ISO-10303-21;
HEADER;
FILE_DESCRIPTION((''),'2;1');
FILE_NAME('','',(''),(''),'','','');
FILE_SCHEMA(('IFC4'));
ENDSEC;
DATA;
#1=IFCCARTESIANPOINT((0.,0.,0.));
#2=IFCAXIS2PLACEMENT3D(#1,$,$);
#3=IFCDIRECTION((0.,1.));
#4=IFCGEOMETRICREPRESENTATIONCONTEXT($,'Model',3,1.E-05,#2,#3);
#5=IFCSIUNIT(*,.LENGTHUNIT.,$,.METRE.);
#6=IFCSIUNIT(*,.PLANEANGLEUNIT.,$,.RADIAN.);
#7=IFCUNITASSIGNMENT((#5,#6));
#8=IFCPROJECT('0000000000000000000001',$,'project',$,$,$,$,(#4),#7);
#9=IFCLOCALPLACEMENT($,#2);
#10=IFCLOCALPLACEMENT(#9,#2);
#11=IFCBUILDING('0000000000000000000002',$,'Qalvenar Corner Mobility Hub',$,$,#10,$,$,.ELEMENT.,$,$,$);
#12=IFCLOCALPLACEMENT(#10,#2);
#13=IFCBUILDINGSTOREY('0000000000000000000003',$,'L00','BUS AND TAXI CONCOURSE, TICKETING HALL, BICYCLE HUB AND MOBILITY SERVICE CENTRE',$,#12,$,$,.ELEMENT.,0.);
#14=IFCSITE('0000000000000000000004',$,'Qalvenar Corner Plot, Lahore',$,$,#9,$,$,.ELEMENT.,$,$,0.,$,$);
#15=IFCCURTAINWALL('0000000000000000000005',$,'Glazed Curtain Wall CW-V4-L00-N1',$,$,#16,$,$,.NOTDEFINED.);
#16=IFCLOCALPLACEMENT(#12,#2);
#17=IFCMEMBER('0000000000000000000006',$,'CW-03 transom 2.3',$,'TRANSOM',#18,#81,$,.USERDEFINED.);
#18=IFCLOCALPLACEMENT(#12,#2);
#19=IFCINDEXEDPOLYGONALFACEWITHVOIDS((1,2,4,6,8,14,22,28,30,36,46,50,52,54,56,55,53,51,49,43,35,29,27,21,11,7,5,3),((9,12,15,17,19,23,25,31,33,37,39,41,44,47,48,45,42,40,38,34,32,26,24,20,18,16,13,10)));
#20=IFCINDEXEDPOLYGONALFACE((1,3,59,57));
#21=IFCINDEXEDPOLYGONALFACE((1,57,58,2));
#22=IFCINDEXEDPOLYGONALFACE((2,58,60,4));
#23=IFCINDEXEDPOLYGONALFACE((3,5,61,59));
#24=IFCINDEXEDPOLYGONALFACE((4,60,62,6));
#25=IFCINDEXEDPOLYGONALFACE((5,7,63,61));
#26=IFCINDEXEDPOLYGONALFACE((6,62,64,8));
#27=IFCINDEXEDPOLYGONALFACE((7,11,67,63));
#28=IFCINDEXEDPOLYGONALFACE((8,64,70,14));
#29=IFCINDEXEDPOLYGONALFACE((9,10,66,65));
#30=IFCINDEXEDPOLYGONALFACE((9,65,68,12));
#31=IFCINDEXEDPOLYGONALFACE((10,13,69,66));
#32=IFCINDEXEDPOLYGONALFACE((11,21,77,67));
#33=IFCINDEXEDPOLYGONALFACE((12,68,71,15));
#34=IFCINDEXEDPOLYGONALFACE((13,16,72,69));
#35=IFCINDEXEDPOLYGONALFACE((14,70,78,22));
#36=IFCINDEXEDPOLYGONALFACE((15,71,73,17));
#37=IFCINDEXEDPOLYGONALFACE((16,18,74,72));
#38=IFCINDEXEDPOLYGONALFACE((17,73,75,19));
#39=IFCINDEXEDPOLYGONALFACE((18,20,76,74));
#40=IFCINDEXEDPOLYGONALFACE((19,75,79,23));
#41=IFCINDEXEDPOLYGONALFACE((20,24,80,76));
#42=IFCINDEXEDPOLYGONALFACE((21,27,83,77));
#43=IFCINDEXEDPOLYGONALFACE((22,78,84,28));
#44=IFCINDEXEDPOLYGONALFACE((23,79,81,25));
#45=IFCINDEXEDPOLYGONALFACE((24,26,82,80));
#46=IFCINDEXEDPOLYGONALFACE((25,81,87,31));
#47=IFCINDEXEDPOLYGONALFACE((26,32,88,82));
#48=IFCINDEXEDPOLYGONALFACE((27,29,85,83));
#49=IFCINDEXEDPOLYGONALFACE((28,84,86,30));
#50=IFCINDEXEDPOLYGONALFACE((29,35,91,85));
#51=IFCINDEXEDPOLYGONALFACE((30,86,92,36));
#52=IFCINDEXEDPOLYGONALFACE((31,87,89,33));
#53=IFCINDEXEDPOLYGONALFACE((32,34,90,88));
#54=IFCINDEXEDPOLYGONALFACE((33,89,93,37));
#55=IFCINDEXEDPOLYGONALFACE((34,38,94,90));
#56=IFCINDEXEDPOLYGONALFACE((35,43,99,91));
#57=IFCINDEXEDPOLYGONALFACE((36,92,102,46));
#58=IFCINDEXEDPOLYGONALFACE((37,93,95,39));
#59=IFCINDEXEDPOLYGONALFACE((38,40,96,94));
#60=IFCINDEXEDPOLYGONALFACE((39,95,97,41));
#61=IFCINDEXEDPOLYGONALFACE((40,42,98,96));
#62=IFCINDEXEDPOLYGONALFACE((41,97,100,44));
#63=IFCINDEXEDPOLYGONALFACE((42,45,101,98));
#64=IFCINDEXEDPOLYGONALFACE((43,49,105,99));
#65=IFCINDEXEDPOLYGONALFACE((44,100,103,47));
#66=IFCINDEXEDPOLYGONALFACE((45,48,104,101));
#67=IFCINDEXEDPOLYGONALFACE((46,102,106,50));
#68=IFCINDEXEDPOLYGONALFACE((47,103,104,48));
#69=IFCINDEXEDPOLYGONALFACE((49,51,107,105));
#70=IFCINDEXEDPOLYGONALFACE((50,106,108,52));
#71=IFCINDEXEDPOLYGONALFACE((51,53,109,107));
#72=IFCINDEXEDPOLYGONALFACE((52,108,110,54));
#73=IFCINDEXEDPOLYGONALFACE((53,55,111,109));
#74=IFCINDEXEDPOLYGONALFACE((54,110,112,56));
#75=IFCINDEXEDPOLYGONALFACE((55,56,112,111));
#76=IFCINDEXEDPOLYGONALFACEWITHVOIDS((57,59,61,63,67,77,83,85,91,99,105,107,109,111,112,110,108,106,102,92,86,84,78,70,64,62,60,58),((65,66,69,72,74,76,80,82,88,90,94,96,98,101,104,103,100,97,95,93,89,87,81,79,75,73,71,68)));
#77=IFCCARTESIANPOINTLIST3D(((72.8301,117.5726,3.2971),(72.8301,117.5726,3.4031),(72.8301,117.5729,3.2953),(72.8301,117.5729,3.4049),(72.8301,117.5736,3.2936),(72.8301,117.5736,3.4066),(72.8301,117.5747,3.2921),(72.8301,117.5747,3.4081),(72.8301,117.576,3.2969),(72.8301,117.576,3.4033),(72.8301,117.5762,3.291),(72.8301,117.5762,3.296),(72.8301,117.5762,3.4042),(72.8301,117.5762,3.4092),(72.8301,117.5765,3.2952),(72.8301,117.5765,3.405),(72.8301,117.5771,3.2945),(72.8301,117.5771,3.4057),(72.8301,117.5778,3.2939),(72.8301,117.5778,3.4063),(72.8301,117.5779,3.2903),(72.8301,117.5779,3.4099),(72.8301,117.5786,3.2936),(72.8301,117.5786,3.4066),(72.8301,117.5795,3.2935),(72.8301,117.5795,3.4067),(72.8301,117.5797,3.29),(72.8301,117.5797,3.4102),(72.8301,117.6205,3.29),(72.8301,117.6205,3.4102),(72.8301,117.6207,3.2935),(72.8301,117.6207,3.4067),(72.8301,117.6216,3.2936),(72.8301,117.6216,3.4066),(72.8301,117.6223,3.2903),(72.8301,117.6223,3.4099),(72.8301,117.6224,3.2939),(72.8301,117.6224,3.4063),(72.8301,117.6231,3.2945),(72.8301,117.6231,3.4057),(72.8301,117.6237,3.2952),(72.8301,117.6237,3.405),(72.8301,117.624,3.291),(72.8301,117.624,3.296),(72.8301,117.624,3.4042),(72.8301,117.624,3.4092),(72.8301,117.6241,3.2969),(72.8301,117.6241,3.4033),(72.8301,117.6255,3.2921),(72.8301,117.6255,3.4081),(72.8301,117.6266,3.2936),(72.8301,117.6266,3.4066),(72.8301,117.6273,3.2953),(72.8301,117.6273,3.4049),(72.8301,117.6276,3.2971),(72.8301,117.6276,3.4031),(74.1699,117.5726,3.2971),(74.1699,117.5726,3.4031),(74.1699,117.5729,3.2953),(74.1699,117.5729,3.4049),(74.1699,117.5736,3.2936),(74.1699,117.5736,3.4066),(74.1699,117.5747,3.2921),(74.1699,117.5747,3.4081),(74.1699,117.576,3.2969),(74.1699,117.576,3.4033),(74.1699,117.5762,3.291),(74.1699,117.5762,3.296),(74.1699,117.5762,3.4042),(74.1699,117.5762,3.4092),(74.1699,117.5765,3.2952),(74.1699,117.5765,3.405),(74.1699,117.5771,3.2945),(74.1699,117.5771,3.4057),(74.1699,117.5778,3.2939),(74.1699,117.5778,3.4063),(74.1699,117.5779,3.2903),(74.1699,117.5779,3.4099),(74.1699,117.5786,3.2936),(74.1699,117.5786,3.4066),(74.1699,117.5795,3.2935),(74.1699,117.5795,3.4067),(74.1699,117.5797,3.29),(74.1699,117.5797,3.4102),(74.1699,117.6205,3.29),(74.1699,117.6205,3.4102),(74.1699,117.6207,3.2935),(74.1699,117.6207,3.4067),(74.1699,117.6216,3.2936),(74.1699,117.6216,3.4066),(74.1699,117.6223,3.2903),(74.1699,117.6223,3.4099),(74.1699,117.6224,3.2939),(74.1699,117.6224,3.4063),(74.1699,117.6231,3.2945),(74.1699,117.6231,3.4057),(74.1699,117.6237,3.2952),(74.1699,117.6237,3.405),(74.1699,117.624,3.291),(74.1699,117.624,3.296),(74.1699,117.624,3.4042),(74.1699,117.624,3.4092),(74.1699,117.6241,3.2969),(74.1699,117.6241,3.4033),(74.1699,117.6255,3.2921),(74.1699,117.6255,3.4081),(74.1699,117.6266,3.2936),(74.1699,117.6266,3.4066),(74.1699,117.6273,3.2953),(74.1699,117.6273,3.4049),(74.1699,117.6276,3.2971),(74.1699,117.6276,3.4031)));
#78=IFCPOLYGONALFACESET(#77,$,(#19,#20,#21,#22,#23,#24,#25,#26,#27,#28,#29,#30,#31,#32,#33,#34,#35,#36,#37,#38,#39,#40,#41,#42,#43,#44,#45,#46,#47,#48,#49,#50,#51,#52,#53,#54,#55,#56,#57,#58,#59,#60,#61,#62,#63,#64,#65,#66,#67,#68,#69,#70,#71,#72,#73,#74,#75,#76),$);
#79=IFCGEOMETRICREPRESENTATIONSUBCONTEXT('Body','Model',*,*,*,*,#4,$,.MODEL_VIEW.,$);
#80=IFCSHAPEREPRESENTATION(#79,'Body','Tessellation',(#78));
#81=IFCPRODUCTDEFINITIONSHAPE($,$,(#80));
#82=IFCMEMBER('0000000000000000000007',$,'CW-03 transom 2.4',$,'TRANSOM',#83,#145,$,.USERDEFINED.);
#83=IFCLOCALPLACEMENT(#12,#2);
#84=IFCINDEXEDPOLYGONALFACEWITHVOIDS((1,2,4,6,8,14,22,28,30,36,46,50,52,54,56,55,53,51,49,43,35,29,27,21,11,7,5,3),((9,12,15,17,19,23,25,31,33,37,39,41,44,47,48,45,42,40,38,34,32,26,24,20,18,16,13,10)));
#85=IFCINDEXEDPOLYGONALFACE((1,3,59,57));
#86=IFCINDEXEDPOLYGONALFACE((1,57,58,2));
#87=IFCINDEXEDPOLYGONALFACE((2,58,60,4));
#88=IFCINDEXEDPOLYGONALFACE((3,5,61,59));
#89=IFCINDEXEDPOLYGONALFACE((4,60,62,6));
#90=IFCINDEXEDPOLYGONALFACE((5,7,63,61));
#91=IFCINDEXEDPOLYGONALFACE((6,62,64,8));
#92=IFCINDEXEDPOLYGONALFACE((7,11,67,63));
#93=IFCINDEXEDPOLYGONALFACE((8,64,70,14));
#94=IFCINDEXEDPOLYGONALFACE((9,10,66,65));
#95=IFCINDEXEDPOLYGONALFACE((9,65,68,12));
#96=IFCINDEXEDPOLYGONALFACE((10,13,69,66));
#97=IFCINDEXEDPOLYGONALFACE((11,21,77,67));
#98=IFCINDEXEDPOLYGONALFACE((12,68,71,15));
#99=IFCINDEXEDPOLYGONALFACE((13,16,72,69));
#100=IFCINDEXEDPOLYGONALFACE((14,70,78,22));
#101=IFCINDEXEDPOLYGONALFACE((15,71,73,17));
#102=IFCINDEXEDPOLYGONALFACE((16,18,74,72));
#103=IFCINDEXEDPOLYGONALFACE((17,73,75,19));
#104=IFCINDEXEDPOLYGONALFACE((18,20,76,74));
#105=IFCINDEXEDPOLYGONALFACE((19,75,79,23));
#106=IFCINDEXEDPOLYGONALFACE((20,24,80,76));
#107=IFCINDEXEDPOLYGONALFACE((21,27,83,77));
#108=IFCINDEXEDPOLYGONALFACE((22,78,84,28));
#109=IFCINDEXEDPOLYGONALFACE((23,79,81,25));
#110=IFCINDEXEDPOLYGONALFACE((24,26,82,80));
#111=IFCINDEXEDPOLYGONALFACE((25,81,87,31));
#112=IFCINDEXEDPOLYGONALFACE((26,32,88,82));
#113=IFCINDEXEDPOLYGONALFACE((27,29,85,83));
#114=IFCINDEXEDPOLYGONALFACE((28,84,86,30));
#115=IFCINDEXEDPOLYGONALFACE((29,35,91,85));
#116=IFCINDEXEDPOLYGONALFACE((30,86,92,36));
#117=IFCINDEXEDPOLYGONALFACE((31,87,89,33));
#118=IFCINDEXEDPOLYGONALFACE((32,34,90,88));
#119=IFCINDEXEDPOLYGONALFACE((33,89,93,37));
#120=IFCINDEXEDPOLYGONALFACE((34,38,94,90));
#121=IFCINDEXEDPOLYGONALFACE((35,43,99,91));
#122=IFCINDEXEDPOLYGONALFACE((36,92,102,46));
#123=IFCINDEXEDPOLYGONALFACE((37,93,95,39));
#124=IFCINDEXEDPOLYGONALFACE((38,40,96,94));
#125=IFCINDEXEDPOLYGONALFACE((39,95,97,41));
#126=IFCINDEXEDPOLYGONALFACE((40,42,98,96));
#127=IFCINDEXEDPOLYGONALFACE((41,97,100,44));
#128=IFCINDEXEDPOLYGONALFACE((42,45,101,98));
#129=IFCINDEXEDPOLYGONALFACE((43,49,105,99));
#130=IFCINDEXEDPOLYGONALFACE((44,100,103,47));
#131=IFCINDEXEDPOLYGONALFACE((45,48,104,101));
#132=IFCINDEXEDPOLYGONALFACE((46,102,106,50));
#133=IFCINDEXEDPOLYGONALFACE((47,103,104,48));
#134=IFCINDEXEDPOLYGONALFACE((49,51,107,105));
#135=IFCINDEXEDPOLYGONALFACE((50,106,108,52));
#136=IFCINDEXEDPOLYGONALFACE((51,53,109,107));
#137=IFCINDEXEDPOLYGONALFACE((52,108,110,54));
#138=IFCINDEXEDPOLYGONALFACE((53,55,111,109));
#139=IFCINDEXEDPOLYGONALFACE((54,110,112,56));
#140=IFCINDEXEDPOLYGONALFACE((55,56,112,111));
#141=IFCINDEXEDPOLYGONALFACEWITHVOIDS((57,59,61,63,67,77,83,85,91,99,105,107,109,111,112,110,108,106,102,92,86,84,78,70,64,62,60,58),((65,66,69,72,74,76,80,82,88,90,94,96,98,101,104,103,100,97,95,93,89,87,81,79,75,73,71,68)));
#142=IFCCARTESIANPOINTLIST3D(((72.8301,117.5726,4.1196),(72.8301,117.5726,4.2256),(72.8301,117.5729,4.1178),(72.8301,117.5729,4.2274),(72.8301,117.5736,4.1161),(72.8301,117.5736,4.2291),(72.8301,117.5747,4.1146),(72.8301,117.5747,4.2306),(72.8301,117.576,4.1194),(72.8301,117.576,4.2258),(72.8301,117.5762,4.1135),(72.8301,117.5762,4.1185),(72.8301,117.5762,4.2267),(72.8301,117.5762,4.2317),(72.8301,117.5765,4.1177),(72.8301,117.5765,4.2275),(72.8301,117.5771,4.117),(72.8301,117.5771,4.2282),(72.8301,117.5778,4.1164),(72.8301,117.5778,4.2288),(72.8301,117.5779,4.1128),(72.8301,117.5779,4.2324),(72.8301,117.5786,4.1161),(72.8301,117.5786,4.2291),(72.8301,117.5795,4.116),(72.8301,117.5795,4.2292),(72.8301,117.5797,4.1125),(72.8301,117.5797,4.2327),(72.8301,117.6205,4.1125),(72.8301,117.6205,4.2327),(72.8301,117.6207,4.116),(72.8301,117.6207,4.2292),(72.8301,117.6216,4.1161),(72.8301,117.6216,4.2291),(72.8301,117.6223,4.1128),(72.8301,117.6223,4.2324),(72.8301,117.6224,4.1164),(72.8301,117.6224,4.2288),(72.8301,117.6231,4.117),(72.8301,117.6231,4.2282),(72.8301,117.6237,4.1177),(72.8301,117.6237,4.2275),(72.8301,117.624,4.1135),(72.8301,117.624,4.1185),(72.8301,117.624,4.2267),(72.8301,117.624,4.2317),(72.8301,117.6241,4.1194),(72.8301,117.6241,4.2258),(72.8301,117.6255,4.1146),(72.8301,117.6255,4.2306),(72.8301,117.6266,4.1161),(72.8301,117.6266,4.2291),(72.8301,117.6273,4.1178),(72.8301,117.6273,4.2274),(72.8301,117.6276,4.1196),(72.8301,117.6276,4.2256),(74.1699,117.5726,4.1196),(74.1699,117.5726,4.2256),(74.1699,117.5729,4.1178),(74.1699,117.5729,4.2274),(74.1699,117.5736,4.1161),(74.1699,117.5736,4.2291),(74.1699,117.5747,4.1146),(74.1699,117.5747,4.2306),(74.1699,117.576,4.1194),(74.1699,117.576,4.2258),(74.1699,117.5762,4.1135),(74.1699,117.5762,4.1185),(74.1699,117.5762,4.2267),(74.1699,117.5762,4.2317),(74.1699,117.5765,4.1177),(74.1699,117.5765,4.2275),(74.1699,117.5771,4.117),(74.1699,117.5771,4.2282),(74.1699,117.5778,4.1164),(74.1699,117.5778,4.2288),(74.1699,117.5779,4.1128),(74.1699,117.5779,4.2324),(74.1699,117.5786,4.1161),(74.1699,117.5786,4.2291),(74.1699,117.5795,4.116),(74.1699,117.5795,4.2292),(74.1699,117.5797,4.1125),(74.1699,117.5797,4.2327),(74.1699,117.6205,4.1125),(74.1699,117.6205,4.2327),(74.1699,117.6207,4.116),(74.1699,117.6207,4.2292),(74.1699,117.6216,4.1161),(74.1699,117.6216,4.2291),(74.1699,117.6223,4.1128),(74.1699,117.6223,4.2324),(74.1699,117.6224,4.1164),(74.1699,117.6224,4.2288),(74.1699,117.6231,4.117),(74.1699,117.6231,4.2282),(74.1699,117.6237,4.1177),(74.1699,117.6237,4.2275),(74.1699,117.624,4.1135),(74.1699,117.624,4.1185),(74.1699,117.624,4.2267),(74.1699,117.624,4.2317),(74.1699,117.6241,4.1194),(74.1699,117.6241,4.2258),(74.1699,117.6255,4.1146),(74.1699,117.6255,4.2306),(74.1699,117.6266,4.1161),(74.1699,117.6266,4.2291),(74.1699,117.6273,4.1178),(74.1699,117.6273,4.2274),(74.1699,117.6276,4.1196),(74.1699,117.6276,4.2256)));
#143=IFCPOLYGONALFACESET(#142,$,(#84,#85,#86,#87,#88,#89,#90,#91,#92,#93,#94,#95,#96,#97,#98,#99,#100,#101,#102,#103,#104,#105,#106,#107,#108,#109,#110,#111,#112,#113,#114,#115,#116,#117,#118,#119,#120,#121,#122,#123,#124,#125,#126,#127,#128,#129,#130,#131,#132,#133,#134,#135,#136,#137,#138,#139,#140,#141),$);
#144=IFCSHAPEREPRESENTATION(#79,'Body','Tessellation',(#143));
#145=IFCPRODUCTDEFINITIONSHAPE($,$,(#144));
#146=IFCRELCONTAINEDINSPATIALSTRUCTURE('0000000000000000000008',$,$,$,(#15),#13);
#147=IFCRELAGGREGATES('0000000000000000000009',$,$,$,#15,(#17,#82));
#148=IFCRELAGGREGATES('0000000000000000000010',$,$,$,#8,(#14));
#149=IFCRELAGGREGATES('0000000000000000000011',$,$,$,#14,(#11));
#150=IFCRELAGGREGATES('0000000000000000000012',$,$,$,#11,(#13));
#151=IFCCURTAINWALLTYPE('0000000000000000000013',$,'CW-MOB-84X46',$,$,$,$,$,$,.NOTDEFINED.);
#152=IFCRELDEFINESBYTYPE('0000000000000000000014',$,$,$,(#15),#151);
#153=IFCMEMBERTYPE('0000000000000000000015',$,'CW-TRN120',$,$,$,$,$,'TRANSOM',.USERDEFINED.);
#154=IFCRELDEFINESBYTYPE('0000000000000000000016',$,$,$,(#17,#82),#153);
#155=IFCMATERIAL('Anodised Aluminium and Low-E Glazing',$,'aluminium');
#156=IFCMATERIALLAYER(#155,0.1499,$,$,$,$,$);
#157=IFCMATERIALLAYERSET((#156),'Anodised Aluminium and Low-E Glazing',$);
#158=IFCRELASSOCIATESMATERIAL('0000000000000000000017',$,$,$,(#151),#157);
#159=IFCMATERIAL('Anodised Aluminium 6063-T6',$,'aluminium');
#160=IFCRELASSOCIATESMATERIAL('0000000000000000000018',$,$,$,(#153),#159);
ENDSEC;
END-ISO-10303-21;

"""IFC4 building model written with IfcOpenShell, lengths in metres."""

from ifc_helpers import new_model, si_unit, direction, frame, origin, origin_2d, place, context, subcontext, project, spatial, hollow_rectangle, extrude, material, layer, layer_set, material_profile, profile_set, type_object, element, aggregate, save


model = new_model("IFC4")

# Units and contexts
model_context = context("Model", 3, precision=1e-05, world=origin(), true_north=direction((0.0, 1.0)))
body_context = subcontext(model_context, "Body", "Model", "MODEL_VIEW")
ifc_project = project(units=[si_unit("LENGTHUNIT", "METRE"), si_unit("PLANEANGLEUNIT", "RADIAN")], contexts=[model_context])

# Site, building, storey
site_placement = place(None, origin())
site = spatial("IfcSite", under=ifc_project, at=site_placement, Name="Qalvenar Corner Plot, Lahore", CompositionType="ELEMENT", RefElevation=0.0)
building_placement = place(site_placement, origin())
building = spatial("IfcBuilding", under=site, at=building_placement, Name="Qalvenar Corner Mobility Hub", CompositionType="ELEMENT")
storey_placement = place(building_placement, origin())
storey = spatial("IfcBuildingStorey", under=building, at=storey_placement, Name="L00", Description="BUS AND TAXI CONCOURSE, TICKETING HALL, BICYCLE HUB AND MOBILITY SERVICE CENTRE", CompositionType="ELEMENT", Elevation=0.0)

# Curtain wall, members
ifc_material_1 = material(Name="Anodised Aluminium and Low-E Glazing", Category="aluminium")
ifc_layer_1 = layer(ifc_material_1, 0.1499)
ifc_layer_set_1 = layer_set([ifc_layer_1], Name="Anodised Aluminium and Low-E Glazing")
curtain_wall_type = type_object("IfcCurtainWallType", Name="CW-MOB-84X46", PredefinedType="NOTDEFINED", material=ifc_layer_set_1)
curtain_wall_placement = place(storey_placement, origin())
curtain_wall = element("IfcCurtainWall", 1, at=curtain_wall_placement, inside=storey, type_object=curtain_wall_type, Name="Glazed Curtain Wall CW-V4-L00-N1", PredefinedType="NOTDEFINED")
ifc_material_2 = material(Name="Anodised Aluminium 6063-T6", Category="aluminium")
ifc_material_profile_1 = material_profile(ifc_material_2, hollow_rectangle(XDim=0.0549, YDim=0.1201, WallThickness=0.0034, InnerFilletRadius=0.0034, OuterFilletRadius=0.0071, at=origin_2d()), Name="RHS120x55x3.5")
ifc_profile_set_1 = profile_set([ifc_material_profile_1], Name="Anodised Aluminium 6063-T6")
member_type_1 = type_object("IfcMemberType", Name="CW-TRN120", ElementType="TRANSOM", PredefinedType="USERDEFINED", material=ifc_profile_set_1)
member_1_placement = place(storey_placement, frame((74.1699, 117.6001, 3.3501), z_axis=(-1.0, 0.0, 0.0), x_axis=(0.0, -1.0, 0.0)))
member_1 = element("IfcMember", 2, at=member_1_placement, type_object=member_type_1, Name="CW-03 transom 2.3", ObjectType="TRANSOM", PredefinedType="USERDEFINED", context=body_context, shape_type="SweptSolid", body=[
    extrude(hollow_rectangle(XDim=0.0549, YDim=0.1201, WallThickness=0.0034, InnerFilletRadius=0.0034, OuterFilletRadius=0.0071, at=origin_2d()), origin(), (0.0, 0.0, 1.0), 1.3398),
])
member_2_placement = place(storey_placement, frame((74.1699, 117.6001, 4.1726), z_axis=(-1.0, 0.0, 0.0), x_axis=(0.0, -1.0, 0.0)))
member_2 = element("IfcMember", 3, at=member_2_placement, type_object=member_type_1, Name="CW-03 transom 2.4", ObjectType="TRANSOM", PredefinedType="USERDEFINED", context=body_context, shape_type="SweptSolid", body=[
    extrude(hollow_rectangle(XDim=0.0549, YDim=0.1201, WallThickness=0.0034, InnerFilletRadius=0.0034, OuterFilletRadius=0.0071, at=origin_2d()), origin(), (0.0, 0.0, 1.0), 1.3398),
])
aggregate(curtain_wall, [member_1, member_2])

save(model, "model.ifc")
